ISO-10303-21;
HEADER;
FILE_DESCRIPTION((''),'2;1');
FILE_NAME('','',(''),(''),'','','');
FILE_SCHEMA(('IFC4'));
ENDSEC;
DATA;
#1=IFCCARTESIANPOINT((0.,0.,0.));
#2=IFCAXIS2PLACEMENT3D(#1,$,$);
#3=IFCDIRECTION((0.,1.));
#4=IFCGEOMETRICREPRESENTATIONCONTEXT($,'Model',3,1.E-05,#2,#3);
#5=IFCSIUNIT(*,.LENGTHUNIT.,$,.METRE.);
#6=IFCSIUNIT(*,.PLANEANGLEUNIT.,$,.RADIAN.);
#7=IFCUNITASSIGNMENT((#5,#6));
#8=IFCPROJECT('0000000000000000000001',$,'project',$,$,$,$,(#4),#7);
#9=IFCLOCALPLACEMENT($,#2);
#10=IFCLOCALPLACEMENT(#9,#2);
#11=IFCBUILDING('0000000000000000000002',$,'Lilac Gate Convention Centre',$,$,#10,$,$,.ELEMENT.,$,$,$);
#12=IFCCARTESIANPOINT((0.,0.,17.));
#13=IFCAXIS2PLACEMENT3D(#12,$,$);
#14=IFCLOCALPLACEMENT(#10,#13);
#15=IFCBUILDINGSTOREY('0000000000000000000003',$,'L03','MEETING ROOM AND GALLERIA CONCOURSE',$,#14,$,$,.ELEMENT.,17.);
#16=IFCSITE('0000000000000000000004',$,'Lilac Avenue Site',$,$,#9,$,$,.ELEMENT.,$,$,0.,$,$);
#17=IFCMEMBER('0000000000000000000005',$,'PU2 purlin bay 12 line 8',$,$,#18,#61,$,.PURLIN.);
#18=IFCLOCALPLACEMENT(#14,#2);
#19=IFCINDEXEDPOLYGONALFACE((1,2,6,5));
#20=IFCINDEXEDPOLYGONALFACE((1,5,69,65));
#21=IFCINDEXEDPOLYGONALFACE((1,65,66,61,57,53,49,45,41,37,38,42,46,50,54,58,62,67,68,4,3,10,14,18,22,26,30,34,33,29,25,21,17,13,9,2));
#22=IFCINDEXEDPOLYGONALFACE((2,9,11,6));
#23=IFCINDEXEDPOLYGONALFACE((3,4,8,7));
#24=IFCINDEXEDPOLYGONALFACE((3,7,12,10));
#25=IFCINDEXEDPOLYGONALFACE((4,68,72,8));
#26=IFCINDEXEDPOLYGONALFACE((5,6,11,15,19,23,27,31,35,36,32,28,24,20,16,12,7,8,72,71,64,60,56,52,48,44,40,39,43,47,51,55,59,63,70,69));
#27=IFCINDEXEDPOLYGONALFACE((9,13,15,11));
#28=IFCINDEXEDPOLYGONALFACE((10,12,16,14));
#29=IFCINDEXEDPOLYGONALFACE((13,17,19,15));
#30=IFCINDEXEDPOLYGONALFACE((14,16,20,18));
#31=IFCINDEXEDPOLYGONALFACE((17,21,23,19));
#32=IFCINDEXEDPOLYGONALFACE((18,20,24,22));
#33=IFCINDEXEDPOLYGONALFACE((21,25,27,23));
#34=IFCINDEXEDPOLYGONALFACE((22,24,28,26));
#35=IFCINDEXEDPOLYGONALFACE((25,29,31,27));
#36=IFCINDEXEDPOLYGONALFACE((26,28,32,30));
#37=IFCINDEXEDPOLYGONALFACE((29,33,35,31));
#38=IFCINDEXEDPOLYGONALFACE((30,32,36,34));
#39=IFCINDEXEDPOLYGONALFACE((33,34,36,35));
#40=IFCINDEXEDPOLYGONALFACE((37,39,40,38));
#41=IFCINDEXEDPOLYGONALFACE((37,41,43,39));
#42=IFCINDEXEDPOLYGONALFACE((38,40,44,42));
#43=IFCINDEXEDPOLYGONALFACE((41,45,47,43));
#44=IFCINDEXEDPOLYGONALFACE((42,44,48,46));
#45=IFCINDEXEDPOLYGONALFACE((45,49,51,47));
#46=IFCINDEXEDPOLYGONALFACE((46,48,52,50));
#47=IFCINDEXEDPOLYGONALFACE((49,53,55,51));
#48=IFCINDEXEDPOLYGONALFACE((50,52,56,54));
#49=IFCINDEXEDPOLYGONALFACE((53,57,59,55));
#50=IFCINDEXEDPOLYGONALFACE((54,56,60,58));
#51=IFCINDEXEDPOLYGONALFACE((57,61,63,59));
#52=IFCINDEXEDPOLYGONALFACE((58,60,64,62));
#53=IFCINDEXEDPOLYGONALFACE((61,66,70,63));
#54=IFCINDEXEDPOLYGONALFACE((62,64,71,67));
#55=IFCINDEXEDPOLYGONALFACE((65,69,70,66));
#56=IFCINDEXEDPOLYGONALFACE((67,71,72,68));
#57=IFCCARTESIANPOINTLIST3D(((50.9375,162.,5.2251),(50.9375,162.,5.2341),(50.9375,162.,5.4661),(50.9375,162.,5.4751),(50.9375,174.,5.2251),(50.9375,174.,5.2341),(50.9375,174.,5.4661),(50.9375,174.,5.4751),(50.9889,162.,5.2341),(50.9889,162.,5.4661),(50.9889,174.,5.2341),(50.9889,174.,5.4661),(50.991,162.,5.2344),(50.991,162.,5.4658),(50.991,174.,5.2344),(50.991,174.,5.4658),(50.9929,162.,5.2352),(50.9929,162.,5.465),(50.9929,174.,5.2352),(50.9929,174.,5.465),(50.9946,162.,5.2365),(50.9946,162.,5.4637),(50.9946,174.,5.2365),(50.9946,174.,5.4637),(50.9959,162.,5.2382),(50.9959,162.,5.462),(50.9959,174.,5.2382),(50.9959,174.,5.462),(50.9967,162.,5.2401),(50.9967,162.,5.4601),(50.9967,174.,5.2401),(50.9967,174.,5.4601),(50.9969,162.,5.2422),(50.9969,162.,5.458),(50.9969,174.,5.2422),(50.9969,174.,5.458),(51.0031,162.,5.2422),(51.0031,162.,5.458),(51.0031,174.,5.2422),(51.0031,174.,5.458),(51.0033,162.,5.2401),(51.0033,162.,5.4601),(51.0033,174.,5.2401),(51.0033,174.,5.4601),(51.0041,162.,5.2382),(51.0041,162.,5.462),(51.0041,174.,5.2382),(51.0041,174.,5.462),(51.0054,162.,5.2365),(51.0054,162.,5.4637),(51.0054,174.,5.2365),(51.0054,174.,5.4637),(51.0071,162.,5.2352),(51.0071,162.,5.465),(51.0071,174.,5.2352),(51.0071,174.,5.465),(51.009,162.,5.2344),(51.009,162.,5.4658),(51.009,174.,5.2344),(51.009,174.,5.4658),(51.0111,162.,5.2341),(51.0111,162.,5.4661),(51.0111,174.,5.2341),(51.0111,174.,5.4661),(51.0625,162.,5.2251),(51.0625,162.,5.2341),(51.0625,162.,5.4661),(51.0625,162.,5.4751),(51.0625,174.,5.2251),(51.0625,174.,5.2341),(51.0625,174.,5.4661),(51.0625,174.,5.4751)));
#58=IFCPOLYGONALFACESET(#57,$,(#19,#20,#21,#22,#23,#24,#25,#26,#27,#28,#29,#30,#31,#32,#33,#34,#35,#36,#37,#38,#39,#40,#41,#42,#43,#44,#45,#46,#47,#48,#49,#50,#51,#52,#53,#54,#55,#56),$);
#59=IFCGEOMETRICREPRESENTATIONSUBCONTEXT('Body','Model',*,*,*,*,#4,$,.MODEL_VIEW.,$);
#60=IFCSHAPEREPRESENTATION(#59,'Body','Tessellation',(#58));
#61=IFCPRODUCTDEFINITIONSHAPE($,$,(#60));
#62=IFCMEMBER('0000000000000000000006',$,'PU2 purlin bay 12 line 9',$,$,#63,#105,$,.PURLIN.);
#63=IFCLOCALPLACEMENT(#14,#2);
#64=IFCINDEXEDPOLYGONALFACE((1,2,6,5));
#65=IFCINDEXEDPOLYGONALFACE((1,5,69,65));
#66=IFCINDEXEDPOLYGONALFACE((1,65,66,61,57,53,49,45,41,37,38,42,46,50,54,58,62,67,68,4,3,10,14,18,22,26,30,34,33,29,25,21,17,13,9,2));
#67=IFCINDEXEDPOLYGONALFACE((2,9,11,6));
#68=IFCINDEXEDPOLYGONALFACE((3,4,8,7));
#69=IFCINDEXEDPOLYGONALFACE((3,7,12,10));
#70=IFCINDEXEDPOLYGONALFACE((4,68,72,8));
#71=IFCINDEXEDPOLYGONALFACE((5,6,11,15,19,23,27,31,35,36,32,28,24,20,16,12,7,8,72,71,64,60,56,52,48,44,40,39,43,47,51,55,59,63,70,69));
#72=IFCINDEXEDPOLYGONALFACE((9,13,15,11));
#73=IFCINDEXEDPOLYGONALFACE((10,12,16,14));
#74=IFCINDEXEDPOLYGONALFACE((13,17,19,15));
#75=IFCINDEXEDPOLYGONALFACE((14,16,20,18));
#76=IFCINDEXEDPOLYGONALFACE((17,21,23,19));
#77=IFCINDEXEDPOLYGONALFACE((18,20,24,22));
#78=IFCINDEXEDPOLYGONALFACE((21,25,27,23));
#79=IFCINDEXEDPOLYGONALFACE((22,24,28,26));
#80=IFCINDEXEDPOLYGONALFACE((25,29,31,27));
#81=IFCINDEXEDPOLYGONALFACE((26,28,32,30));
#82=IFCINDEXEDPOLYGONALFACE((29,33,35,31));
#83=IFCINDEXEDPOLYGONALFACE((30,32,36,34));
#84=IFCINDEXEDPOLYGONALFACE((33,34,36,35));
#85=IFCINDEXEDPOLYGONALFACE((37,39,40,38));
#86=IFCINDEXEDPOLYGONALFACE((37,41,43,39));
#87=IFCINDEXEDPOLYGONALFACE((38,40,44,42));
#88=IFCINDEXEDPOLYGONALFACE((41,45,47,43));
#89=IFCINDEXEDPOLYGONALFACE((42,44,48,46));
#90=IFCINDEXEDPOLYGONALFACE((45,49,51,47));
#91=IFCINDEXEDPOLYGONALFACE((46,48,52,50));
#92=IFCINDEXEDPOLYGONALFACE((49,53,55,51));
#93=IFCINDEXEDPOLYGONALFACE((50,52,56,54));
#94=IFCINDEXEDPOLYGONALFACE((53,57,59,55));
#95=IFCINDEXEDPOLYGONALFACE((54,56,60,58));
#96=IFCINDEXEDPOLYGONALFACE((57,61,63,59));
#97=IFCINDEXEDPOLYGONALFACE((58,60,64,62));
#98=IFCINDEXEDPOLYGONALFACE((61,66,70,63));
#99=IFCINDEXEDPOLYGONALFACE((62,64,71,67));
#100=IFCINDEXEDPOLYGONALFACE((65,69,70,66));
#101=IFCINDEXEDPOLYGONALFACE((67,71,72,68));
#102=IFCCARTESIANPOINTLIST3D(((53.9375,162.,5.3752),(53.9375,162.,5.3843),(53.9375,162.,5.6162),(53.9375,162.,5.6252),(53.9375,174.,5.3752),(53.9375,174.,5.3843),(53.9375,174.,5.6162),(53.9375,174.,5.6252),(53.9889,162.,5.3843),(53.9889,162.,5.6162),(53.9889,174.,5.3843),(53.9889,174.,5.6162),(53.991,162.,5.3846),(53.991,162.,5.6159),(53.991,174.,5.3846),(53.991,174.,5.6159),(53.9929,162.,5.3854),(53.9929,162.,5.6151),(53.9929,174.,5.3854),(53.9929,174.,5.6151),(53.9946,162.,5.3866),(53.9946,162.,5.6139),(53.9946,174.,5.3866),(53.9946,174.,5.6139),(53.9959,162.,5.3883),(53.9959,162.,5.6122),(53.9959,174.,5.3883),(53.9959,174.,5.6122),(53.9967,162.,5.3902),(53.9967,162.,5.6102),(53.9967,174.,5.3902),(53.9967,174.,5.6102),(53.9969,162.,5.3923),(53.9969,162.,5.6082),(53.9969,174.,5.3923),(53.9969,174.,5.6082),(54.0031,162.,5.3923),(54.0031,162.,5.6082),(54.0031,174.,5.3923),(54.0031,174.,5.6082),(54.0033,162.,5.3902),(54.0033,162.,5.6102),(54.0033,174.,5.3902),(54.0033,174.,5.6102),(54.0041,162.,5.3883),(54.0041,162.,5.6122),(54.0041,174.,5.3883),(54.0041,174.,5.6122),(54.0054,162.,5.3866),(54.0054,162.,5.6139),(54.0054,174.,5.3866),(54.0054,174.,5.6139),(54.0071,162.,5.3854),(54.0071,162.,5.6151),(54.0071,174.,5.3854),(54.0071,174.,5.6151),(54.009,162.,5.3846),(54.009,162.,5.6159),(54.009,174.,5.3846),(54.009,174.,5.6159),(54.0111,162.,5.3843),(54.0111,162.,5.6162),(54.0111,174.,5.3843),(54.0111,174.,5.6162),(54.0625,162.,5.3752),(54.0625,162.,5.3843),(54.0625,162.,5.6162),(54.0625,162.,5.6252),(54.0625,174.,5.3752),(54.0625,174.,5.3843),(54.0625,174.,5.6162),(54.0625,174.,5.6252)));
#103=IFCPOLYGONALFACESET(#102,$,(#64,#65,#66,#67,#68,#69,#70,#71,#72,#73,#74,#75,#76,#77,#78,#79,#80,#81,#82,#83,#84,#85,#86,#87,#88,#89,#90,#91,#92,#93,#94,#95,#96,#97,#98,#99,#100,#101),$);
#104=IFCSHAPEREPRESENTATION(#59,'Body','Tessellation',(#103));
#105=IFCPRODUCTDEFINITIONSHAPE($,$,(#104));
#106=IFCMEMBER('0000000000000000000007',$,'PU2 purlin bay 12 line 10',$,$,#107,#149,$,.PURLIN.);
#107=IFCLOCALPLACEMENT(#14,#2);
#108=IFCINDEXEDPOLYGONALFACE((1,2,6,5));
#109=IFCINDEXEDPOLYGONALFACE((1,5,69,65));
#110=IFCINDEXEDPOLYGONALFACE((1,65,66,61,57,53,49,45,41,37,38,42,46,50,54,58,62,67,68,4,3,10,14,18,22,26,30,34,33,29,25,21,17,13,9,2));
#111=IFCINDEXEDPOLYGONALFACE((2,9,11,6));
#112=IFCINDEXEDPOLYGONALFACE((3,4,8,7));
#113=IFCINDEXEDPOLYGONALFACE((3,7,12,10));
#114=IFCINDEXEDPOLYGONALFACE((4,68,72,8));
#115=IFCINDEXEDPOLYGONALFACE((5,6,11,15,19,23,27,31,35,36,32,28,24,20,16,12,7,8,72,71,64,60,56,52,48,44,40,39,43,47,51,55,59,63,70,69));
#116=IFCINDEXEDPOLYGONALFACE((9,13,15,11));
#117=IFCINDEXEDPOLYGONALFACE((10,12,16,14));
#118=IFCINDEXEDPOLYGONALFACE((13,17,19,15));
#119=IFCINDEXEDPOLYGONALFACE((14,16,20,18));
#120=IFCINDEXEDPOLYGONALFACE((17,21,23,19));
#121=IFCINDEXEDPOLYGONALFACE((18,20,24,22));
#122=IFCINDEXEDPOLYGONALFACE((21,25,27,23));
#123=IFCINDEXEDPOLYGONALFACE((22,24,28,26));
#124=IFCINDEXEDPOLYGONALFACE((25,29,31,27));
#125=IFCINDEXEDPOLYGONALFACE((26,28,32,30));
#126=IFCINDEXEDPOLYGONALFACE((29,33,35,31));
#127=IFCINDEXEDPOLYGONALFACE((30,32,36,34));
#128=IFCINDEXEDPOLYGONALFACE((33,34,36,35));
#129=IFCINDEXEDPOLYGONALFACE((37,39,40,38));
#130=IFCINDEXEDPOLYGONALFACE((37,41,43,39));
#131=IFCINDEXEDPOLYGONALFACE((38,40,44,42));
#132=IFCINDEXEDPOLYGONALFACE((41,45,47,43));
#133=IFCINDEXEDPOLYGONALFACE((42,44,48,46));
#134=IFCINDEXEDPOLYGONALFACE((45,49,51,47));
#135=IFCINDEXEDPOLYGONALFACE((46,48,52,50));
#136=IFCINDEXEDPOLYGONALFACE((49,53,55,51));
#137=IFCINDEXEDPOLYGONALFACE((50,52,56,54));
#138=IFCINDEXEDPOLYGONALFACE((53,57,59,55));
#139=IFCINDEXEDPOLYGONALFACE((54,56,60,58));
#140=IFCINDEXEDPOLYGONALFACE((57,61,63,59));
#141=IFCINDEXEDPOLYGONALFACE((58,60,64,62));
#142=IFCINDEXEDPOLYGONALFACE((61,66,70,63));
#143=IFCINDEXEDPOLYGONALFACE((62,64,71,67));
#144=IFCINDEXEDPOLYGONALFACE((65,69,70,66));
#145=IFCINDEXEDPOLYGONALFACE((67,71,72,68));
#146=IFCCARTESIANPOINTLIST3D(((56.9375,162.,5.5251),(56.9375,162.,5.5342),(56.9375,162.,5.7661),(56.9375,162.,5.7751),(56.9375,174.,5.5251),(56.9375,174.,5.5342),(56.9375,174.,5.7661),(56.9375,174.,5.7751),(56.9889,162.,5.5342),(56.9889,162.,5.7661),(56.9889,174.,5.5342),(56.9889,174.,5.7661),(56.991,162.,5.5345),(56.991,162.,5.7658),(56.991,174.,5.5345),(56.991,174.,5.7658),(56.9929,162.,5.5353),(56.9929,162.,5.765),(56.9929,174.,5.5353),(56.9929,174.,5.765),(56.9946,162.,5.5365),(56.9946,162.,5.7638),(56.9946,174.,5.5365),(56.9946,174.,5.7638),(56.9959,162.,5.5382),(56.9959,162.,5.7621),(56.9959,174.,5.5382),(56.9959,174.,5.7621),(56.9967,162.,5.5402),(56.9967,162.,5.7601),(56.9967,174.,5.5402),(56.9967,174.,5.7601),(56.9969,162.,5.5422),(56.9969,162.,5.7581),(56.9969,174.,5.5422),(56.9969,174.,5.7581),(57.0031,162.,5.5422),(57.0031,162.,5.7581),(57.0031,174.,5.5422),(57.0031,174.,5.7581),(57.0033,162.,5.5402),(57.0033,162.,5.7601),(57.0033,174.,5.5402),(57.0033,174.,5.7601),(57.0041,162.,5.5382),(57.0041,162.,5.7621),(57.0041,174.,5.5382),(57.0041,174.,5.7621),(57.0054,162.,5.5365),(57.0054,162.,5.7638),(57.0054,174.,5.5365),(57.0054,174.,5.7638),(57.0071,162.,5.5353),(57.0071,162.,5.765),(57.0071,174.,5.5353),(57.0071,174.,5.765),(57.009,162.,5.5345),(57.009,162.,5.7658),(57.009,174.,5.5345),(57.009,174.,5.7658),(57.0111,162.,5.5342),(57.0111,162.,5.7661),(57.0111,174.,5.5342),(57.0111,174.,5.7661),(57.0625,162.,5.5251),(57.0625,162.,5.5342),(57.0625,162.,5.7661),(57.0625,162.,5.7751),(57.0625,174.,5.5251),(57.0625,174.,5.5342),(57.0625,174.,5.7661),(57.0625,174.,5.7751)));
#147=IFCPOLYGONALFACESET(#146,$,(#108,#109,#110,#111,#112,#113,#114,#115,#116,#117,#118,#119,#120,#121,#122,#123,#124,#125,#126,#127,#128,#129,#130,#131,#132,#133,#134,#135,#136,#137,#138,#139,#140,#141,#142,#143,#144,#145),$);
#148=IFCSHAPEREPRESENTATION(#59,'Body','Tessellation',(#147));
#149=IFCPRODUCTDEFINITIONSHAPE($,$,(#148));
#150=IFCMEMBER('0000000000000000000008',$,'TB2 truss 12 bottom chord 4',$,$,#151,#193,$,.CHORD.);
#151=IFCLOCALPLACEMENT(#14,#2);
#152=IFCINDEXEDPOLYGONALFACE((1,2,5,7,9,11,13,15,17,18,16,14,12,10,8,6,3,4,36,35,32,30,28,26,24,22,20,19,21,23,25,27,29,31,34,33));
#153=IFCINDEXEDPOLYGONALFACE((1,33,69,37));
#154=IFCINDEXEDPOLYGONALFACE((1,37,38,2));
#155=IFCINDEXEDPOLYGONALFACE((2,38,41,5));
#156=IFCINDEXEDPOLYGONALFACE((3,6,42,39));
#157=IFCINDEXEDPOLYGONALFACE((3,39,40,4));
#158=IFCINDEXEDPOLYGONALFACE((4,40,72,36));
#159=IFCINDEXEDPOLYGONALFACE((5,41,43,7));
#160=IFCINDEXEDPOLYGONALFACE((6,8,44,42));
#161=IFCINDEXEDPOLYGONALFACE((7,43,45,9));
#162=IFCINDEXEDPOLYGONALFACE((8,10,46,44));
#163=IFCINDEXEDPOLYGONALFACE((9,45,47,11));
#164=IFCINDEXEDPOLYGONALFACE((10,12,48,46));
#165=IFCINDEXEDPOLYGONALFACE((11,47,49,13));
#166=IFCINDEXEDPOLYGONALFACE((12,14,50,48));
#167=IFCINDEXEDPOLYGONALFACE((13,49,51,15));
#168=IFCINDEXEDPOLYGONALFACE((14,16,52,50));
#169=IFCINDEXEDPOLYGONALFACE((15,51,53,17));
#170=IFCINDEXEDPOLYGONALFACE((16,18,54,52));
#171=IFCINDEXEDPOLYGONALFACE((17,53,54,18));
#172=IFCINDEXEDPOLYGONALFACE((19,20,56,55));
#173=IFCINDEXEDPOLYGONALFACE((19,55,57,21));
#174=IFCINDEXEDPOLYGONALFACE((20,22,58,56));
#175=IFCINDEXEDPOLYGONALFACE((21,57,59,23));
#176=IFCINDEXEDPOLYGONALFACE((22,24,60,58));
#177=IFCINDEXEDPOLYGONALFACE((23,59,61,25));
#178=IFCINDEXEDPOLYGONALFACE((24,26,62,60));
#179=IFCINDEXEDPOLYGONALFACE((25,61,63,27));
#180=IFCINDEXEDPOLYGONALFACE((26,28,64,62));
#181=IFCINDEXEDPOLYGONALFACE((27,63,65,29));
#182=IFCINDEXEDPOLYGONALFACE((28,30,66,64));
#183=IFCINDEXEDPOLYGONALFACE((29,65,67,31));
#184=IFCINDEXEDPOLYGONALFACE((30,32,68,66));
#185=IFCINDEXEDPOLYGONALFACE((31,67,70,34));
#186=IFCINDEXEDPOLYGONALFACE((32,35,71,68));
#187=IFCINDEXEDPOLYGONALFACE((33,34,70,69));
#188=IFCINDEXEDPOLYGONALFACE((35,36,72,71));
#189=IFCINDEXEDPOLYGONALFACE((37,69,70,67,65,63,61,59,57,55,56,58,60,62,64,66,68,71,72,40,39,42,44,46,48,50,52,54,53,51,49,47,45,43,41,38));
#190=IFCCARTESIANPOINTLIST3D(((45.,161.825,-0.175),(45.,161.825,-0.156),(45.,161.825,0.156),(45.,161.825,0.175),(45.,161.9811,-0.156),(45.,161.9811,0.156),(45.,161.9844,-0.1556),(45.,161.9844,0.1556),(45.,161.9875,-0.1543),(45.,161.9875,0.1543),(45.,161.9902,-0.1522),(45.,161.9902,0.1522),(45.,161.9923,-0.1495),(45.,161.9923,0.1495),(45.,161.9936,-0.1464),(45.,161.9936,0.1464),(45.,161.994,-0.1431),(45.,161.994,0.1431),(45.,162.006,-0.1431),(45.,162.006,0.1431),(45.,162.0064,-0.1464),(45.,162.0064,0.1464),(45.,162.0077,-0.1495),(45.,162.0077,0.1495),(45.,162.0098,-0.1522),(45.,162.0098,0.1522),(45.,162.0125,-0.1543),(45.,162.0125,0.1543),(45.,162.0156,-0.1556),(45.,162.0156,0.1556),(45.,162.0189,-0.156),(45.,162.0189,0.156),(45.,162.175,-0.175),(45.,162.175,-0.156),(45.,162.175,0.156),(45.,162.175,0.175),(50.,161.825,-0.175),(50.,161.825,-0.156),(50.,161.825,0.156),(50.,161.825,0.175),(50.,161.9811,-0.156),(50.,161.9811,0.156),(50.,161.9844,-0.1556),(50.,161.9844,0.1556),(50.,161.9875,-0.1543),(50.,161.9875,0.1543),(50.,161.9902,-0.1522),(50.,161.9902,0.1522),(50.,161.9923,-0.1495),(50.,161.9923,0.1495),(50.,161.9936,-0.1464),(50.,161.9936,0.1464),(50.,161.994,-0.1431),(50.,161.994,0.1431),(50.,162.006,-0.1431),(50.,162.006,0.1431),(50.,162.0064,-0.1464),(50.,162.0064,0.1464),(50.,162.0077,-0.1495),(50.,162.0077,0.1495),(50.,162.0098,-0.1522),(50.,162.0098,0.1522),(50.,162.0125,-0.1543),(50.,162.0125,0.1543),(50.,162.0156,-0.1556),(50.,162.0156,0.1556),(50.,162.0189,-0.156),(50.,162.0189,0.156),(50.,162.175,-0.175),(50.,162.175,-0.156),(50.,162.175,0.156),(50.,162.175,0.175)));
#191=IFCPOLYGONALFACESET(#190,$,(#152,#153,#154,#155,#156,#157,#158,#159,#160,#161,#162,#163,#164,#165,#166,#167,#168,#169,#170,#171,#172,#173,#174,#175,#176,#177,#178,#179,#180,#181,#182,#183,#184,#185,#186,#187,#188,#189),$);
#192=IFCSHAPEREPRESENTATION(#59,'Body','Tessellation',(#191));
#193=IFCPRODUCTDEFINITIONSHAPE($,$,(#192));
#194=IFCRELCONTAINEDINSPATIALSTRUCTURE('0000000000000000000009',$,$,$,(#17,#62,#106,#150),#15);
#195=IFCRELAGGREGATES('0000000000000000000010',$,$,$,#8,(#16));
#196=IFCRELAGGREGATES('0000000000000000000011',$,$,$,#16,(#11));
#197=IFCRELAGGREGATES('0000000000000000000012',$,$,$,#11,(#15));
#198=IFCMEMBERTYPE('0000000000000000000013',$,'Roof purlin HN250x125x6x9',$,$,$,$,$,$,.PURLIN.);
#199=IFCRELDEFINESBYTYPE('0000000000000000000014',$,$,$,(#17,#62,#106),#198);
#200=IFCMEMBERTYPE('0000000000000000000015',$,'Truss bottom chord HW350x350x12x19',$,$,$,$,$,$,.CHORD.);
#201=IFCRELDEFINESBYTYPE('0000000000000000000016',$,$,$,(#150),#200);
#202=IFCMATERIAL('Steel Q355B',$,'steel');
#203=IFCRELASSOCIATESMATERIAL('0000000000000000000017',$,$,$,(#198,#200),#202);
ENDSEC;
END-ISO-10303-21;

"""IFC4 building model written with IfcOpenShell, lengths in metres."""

from ifc_helpers import new_model, si_unit, direction, frame, origin, origin_2d, place, context, subcontext, project, spatial, i_section, extrude, material, material_profile, profile_set, type_object, element, save


model = new_model("IFC4")

# Units and contexts
model_context = context("Model", 3, precision=1e-05, world=origin(), true_north=direction((0.0, 1.0)))
body_context = subcontext(model_context, "Body", "Model", "MODEL_VIEW")
ifc_project = project(units=[si_unit("LENGTHUNIT", "METRE"), si_unit("PLANEANGLEUNIT", "RADIAN")], contexts=[model_context])

# Site, building, storey
site_placement = place(None, origin())
site = spatial("IfcSite", under=ifc_project, at=site_placement, Name="Lilac Avenue Site", CompositionType="ELEMENT", RefElevation=0.0)
building_placement = place(site_placement, origin())
building = spatial("IfcBuilding", under=site, at=building_placement, Name="Lilac Gate Convention Centre", CompositionType="ELEMENT")
storey_placement = place(building_placement, frame((0.0, 0.0, 17.0)))
storey = spatial("IfcBuildingStorey", under=building, at=storey_placement, Name="L03", Description="MEETING ROOM AND GALLERIA CONCOURSE", CompositionType="ELEMENT", Elevation=17.0)

# Members
ifc_material = material(Name="Steel Q355B", Category="steel")
ifc_material_profile_1 = material_profile(ifc_material, i_section(OverallWidth=0.125, OverallDepth=0.25, WebThickness=0.0061, FlangeThickness=0.009, FilletRadius=0.0081, at=origin_2d()), Name="HN250x125x6x9")
ifc_profile_set_1 = profile_set([ifc_material_profile_1], Name="Steel Q355B")
member_type_1 = type_object("IfcMemberType", Name="Roof purlin HN250x125x6x9", PredefinedType="PURLIN", material=ifc_profile_set_1)
for number, where, z_axis, x_axis, name in (
    (1, (51.0, 162.0, 5.3501), (0.0, 1.0, 0.0), (-1.0, 0.0, 0.0), "PU2 purlin bay 12 line 8"),
    (2, (54.0, 162.0, 5.5002), (0.0, 1.0, 0.0), (-1.0, 0.0, 0.0), "PU2 purlin bay 12 line 9"),
    (3, (57.0, 162.0, 5.6501), (0.0, 1.0, 0.0), (-1.0, 0.0, 0.0), "PU2 purlin bay 12 line 10"),
):
    element("IfcMember", number, at=place(storey_placement, frame(where, z_axis=z_axis, x_axis=x_axis)), inside=storey, type_object=member_type_1, Name=name, PredefinedType="PURLIN", context=body_context, shape_type="SweptSolid", body=[
        extrude(i_section(OverallWidth=0.125, OverallDepth=0.25, WebThickness=0.0061, FlangeThickness=0.009, FilletRadius=0.0081, at=origin_2d()), origin(), (0.0, 0.0, 1.0), 12.0),
    ])
ifc_material_profile_2 = material_profile(ifc_material, i_section(OverallWidth=0.3501, OverallDepth=0.3501, WebThickness=0.012, FlangeThickness=0.019, FilletRadius=0.0129, at=origin_2d()), Name="HW350x350x12x19")
ifc_profile_set_2 = profile_set([ifc_material_profile_2], Name="Steel Q355B")
member_type_2 = type_object("IfcMemberType", Name="Truss bottom chord HW350x350x12x19", PredefinedType="CHORD", material=ifc_profile_set_2)
member_1_placement = place(storey_placement, frame((45.0, 162.0, 0.0), z_axis=(1.0, 0.0, 0.0), x_axis=(0.0, 1.0, 0.0)))
element("IfcMember", 4, at=member_1_placement, inside=storey, type_object=member_type_2, Name="TB2 truss 12 bottom chord 4", PredefinedType="CHORD", context=body_context, shape_type="SweptSolid", body=[
    extrude(i_section(OverallWidth=0.3501, OverallDepth=0.3501, WebThickness=0.012, FlangeThickness=0.019, FilletRadius=0.0129, at=origin_2d()), origin(), (0.0, 0.0, 1.0), 5.0),
])

save(model, "model.ifc")
